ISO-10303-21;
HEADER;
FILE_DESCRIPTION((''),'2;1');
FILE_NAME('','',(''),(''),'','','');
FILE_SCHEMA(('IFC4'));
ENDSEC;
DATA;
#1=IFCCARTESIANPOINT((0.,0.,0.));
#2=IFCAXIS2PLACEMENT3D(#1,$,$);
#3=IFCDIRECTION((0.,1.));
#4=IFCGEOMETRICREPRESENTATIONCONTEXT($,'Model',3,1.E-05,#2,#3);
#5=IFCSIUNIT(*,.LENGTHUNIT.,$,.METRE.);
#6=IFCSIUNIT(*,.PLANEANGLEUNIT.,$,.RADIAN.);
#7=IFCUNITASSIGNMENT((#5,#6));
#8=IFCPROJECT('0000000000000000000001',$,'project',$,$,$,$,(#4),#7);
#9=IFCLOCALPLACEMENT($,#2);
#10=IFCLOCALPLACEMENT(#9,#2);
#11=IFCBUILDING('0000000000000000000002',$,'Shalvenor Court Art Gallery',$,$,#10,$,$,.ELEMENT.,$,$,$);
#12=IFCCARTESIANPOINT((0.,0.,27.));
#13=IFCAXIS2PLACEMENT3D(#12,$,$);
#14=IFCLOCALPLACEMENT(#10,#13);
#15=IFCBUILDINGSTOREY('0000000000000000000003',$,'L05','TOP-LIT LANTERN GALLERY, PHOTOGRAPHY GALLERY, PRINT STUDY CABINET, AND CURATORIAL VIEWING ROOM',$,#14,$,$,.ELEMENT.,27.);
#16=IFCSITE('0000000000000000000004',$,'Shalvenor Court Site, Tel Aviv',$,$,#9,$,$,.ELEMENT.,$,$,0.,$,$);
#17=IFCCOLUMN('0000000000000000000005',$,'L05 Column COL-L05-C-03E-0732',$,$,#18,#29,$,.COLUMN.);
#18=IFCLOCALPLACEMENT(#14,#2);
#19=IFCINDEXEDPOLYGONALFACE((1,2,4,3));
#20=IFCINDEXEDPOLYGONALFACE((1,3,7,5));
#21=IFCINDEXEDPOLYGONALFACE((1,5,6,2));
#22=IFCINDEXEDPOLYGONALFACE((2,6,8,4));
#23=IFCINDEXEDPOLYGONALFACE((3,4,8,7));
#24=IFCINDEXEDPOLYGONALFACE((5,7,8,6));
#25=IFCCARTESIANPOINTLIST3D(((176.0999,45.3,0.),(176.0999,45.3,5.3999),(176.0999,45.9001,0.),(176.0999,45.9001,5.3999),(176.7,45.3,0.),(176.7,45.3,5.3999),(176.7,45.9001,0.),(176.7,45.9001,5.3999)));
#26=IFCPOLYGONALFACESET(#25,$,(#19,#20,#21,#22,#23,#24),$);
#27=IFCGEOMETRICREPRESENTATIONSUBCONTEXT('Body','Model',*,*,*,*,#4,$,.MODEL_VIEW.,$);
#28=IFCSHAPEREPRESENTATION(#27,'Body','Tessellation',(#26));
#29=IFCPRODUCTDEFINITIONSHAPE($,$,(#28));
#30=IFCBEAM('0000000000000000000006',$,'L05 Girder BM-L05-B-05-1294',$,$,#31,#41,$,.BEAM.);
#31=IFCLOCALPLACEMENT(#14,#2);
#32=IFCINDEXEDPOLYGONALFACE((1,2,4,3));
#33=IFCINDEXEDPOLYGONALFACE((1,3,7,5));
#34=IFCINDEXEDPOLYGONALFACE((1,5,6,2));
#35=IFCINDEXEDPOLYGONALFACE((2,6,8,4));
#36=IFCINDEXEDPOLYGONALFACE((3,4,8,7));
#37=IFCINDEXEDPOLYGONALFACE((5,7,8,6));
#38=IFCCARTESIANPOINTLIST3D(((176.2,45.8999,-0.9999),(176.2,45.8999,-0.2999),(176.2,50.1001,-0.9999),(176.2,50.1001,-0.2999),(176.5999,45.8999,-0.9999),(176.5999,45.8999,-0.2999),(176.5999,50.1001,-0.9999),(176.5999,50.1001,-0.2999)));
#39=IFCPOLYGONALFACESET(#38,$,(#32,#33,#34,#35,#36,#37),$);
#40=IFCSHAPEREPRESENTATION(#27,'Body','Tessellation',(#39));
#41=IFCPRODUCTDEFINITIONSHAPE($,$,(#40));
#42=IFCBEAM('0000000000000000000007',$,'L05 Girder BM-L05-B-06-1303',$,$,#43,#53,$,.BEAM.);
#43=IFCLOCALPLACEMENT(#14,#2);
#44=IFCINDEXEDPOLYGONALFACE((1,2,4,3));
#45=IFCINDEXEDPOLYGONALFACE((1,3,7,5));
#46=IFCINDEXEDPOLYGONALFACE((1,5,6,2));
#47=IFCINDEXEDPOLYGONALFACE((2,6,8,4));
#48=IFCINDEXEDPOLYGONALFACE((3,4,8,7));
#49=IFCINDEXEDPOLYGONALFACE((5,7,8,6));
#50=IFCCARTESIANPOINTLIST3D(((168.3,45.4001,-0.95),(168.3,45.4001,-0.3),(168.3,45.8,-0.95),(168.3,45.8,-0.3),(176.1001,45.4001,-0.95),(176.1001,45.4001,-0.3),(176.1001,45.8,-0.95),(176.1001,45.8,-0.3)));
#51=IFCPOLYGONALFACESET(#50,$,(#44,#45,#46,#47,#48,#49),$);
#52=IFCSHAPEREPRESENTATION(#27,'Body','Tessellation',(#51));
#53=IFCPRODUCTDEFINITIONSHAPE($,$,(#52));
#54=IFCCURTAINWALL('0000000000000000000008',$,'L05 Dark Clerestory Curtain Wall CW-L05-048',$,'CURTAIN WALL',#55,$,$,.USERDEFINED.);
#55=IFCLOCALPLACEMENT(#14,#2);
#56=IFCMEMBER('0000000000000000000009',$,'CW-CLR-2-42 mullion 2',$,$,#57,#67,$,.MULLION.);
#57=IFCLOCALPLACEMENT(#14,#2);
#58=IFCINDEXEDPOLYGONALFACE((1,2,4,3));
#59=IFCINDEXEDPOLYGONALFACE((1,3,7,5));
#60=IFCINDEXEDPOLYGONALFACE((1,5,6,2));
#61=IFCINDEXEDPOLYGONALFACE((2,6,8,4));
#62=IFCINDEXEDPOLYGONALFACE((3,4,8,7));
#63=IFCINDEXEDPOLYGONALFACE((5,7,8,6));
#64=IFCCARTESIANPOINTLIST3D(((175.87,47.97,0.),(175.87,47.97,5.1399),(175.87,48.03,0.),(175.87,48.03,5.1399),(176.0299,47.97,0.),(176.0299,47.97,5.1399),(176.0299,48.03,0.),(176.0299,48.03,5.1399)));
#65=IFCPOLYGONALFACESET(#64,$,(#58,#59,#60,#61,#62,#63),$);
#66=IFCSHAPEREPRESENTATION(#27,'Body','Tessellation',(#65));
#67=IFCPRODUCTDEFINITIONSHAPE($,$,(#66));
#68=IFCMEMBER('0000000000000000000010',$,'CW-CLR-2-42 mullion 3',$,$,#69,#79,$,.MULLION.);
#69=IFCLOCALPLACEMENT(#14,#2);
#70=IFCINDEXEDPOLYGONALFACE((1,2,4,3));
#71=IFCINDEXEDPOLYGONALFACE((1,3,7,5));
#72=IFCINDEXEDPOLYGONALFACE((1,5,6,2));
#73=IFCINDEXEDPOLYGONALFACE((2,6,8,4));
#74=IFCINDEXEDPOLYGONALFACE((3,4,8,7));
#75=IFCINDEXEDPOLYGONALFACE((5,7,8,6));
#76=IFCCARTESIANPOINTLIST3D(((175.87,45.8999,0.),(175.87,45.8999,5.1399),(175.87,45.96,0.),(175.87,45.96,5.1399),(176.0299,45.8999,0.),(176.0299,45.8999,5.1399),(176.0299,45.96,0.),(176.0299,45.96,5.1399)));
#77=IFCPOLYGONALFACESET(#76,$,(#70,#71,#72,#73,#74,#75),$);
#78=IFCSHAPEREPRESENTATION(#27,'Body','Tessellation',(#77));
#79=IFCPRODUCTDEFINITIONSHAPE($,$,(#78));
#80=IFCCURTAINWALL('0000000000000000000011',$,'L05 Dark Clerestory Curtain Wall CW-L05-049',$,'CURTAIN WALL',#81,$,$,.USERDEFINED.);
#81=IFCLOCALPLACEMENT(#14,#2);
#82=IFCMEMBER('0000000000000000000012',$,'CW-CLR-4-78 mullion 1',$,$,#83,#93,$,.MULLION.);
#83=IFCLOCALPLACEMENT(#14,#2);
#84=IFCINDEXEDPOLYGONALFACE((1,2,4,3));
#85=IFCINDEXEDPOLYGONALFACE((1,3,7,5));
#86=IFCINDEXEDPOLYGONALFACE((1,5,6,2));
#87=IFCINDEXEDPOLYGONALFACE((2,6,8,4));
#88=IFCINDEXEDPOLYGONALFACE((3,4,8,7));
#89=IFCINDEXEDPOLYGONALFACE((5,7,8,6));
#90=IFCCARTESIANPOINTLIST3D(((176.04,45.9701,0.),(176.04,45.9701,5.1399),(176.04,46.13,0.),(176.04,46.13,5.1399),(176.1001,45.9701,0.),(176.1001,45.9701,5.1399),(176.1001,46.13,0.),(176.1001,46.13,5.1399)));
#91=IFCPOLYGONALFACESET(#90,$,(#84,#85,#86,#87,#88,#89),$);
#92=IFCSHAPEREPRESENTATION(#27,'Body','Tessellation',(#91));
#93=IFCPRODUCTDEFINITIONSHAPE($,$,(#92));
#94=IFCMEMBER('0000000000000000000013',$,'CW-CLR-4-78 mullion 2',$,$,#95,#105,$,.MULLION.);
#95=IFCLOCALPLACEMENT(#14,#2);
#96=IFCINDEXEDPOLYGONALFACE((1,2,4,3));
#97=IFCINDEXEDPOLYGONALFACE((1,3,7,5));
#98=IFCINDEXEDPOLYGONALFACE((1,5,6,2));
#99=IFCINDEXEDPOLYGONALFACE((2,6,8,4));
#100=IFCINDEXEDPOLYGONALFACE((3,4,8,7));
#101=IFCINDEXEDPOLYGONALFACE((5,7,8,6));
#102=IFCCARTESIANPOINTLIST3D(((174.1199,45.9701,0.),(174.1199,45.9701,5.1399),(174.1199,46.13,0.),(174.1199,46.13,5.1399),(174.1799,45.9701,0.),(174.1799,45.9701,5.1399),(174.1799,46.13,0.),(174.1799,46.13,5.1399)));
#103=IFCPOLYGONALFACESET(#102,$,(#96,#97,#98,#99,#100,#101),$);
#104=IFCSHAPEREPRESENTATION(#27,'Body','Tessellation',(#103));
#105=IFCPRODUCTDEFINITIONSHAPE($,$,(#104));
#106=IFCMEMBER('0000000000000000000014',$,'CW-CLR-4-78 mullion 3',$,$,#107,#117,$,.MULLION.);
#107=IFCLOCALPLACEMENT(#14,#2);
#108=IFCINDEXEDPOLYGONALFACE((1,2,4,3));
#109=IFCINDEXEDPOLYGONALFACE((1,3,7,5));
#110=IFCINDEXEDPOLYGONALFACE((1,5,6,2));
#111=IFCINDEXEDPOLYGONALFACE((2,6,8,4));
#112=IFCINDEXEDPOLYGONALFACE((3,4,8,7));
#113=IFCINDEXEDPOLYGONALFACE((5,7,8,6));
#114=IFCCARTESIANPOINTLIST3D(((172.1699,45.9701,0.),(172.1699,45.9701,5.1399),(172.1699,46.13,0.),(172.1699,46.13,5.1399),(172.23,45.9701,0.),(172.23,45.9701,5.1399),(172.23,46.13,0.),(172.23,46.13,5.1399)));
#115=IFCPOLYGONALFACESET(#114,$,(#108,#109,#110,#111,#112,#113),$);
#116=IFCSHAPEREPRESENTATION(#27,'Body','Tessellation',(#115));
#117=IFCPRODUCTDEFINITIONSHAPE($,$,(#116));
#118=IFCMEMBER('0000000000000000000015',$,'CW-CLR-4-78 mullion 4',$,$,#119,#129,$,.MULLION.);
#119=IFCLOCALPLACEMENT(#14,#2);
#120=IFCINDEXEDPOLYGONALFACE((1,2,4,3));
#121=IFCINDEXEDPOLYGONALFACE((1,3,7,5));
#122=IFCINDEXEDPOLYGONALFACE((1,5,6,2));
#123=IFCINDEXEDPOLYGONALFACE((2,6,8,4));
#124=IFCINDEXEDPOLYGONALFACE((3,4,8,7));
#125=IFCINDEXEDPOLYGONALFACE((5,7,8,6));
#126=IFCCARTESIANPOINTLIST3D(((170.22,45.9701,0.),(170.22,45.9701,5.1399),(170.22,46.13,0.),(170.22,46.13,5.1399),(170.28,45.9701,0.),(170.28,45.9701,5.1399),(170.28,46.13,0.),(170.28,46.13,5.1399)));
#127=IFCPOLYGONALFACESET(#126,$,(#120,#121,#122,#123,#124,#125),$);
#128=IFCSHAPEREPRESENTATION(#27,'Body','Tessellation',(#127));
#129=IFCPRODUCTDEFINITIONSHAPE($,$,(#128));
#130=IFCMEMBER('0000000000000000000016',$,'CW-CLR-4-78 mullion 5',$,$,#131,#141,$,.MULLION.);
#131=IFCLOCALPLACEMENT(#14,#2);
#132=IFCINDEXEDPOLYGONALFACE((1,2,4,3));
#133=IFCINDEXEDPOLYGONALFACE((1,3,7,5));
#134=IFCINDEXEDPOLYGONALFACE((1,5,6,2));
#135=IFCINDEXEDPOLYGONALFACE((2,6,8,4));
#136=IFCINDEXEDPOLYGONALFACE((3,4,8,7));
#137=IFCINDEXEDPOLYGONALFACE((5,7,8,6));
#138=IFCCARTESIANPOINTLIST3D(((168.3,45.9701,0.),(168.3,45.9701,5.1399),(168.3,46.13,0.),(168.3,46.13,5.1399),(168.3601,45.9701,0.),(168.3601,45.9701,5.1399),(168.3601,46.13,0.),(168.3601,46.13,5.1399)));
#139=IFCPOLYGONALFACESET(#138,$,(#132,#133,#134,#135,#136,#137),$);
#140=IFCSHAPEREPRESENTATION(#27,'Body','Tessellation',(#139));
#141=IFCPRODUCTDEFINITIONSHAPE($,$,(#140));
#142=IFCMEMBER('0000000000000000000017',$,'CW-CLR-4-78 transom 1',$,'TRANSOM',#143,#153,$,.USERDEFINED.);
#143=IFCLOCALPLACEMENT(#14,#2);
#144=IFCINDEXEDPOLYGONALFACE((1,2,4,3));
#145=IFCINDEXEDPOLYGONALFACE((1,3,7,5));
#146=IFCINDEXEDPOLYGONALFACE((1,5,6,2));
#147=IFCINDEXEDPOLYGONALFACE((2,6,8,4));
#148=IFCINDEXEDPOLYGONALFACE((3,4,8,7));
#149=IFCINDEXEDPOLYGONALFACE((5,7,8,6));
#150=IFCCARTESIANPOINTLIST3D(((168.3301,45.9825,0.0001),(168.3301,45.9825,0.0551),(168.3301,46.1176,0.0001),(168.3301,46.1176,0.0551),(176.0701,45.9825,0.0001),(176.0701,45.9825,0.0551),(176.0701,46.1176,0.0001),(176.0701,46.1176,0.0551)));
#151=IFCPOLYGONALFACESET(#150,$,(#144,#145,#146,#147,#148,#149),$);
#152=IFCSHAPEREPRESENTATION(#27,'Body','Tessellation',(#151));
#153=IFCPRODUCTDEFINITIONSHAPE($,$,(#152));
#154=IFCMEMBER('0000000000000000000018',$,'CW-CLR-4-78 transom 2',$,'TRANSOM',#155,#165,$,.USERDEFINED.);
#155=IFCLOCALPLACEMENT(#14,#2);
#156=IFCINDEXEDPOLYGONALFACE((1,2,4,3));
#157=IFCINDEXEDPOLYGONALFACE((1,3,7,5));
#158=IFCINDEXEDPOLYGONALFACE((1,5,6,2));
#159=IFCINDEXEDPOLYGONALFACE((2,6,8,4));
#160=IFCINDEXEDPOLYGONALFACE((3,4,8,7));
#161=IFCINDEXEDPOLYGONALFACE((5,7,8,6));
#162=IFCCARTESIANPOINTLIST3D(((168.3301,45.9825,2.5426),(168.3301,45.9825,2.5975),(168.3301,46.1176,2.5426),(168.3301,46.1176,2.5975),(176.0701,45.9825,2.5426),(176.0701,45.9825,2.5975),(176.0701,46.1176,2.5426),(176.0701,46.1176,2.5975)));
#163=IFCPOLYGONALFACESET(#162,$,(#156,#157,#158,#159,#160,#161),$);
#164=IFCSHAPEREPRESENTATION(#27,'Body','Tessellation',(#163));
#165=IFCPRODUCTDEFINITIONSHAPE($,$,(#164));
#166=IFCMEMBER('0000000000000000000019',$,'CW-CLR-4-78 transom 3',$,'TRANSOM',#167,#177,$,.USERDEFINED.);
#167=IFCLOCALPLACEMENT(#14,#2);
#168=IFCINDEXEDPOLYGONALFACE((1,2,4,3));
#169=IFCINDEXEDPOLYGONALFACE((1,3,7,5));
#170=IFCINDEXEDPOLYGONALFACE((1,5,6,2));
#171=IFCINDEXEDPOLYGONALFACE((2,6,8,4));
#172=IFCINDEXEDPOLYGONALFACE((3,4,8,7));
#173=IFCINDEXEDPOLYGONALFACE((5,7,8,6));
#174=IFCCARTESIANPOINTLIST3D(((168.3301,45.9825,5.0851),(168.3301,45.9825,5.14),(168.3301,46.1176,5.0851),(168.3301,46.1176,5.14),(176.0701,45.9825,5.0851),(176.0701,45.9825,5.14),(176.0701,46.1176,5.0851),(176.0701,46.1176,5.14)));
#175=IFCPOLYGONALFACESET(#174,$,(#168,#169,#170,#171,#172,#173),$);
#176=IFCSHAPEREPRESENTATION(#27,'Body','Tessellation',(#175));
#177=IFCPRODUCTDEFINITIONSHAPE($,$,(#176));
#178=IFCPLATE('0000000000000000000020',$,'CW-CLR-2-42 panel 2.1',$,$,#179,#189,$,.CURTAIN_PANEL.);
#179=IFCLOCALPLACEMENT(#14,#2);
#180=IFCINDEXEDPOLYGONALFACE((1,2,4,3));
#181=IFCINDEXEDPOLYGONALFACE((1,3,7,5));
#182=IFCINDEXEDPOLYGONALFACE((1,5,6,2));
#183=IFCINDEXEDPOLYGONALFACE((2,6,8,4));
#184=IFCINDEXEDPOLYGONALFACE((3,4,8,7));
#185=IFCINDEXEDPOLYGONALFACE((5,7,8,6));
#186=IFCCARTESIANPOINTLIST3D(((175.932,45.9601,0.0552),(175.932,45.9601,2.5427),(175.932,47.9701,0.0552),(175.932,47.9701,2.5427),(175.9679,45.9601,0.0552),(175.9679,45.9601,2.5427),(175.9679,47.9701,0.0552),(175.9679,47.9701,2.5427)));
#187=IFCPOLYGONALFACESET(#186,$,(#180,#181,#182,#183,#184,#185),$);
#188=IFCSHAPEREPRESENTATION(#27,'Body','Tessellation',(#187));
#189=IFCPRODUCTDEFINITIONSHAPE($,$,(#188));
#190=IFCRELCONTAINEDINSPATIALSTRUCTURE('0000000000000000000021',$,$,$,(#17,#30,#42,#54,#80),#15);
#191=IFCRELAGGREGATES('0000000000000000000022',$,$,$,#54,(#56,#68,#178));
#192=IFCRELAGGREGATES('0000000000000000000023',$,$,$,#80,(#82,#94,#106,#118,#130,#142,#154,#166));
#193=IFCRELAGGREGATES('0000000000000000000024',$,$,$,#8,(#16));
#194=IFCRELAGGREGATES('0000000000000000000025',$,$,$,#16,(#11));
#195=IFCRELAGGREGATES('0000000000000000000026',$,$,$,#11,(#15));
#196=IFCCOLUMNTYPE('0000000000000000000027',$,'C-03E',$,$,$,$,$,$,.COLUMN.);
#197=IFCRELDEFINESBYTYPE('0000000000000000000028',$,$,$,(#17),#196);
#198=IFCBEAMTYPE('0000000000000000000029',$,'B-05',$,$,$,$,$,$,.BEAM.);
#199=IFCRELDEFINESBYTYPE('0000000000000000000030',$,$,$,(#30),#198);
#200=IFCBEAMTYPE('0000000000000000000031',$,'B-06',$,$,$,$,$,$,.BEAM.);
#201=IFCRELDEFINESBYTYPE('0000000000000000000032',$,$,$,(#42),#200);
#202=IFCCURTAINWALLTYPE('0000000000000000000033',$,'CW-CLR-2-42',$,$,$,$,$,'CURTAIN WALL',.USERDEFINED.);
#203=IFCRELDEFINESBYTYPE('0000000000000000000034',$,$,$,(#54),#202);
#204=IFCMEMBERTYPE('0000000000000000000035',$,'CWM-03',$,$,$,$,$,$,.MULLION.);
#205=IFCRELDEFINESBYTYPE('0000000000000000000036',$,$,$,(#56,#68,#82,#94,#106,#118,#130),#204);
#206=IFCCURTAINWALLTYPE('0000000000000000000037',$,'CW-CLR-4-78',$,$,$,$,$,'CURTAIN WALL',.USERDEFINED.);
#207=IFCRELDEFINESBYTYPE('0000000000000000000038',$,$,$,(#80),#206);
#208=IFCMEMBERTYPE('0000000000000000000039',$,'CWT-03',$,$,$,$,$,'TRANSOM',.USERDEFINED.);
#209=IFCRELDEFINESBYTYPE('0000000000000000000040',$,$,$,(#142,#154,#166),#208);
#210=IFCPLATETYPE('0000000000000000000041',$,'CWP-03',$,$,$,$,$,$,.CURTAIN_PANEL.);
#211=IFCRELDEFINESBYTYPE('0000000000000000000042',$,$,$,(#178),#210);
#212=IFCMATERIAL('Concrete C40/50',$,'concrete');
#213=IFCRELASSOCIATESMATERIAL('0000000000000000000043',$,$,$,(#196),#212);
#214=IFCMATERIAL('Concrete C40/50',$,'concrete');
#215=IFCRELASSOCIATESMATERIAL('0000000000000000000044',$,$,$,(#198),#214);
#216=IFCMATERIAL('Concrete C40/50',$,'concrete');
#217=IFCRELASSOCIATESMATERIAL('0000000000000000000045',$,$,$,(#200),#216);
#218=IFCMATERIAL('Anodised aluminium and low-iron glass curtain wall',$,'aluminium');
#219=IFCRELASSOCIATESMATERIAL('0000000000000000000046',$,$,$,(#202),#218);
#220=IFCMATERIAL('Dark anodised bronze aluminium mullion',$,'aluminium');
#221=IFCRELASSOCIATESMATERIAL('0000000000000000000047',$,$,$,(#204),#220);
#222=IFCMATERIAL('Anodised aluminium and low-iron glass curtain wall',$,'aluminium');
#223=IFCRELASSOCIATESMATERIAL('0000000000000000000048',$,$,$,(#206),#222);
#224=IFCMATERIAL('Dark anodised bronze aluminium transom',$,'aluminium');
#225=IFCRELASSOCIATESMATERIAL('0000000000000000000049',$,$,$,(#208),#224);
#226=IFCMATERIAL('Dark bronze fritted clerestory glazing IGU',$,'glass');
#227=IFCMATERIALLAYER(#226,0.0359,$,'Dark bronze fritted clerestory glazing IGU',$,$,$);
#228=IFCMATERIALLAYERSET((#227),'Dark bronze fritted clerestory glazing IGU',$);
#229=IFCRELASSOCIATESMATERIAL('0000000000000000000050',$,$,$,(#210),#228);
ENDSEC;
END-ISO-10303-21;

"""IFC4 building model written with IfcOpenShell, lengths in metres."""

from ifc_helpers import new_model, si_unit, direction, frame, origin, origin_2d, place, context, subcontext, project, spatial, rectangle, extrude, material, layer, layer_set, material_profile, profile_set, type_object, element, aggregate, save


model = new_model("IFC4")

# Units and contexts
model_context = context("Model", 3, precision=1e-05, world=origin(), true_north=direction((0.0, 1.0)))
body_context = subcontext(model_context, "Body", "Model", "MODEL_VIEW")
ifc_project = project(units=[si_unit("LENGTHUNIT", "METRE"), si_unit("PLANEANGLEUNIT", "RADIAN")], contexts=[model_context])

# Site, building, storey
site_placement = place(None, origin())
site = spatial("IfcSite", under=ifc_project, at=site_placement, Name="Shalvenor Court Site, Tel Aviv", CompositionType="ELEMENT", RefElevation=0.0)
building_placement = place(site_placement, origin())
building = spatial("IfcBuilding", under=site, at=building_placement, Name="Shalvenor Court Art Gallery", CompositionType="ELEMENT")
storey_placement = place(building_placement, frame((0.0, 0.0, 27.0)))
storey = spatial("IfcBuildingStorey", under=building, at=storey_placement, Name="L05", Description="TOP-LIT LANTERN GALLERY, PHOTOGRAPHY GALLERY, PRINT STUDY CABINET, AND CURATORIAL VIEWING ROOM", CompositionType="ELEMENT", Elevation=27.0)

# Column
ifc_material_1 = material(Name="Concrete C40/50", Category="concrete")
ifc_material_profile_1 = material_profile(ifc_material_1, rectangle(XDim=0.6001, YDim=0.6001, at=origin_2d()), Name="RC 600x600")
ifc_profile_set_1 = profile_set([ifc_material_profile_1], Name="Concrete C40/50")
column_type = type_object("IfcColumnType", Name="C-03E", PredefinedType="COLUMN", material=ifc_profile_set_1)
column_placement = place(storey_placement, frame((176.3999, 45.6001, 0.0), z_axis=(0.0, 0.0, 1.0), x_axis=(1.0, 0.0, 0.0)))
element("IfcColumn", 1, at=column_placement, inside=storey, type_object=column_type, Name="L05 Column COL-L05-C-03E-0732", PredefinedType="COLUMN", context=body_context, shape_type="SweptSolid", body=[
    extrude(rectangle(XDim=0.6001, YDim=0.6001, at=origin_2d()), origin(), (0.0, 0.0, 1.0), 5.3999),
])

# Beams
ifc_material_2 = material(Name="Concrete C40/50", Category="concrete")
ifc_material_profile_2 = material_profile(ifc_material_2, rectangle(XDim=0.3999, YDim=0.7, at=origin_2d()), Name="RC 400x700")
ifc_profile_set_2 = profile_set([ifc_material_profile_2], Name="Concrete C40/50")
beam_type_1 = type_object("IfcBeamType", Name="B-05", PredefinedType="BEAM", material=ifc_profile_set_2)
beam_1_placement = place(storey_placement, frame((176.3999, 45.8999, -0.6499), z_axis=(0.0, 1.0, 0.0), x_axis=(-1.0, 0.0, 0.0)))
element("IfcBeam", 2, at=beam_1_placement, inside=storey, type_object=beam_type_1, Name="L05 Girder BM-L05-B-05-1294", PredefinedType="BEAM", context=body_context, shape_type="SweptSolid", body=[
    extrude(rectangle(XDim=0.3999, YDim=0.7, at=origin_2d()), origin(), (0.0, 0.0, 1.0), 4.2002),
])
ifc_material_3 = material(Name="Concrete C40/50", Category="concrete")
ifc_material_profile_3 = material_profile(ifc_material_3, rectangle(XDim=0.3999, YDim=0.6499, at=origin_2d()), Name="RC 400x650")
ifc_profile_set_3 = profile_set([ifc_material_profile_3], Name="Concrete C40/50")
beam_type_2 = type_object("IfcBeamType", Name="B-06", PredefinedType="BEAM", material=ifc_profile_set_3)
beam_2_placement = place(storey_placement, frame((168.3, 45.6001, -0.625), z_axis=(1.0, 0.0, 0.0), x_axis=(0.0, 1.0, 0.0)))
element("IfcBeam", 3, at=beam_2_placement, inside=storey, type_object=beam_type_2, Name="L05 Girder BM-L05-B-06-1303", PredefinedType="BEAM", context=body_context, shape_type="SweptSolid", body=[
    extrude(rectangle(XDim=0.3999, YDim=0.6499, at=origin_2d()), origin(), (0.0, 0.0, 1.0), 7.8),
])

# Curtain walls, members
ifc_material_4 = material(Name="Anodised aluminium and low-iron glass curtain wall", Category="aluminium")
curtain_wall_type_1 = type_object("IfcCurtainWallType", Name="CW-CLR-2-42", ElementType="CURTAIN WALL", PredefinedType="USERDEFINED", material=ifc_material_4)
curtain_wall_1_placement = place(storey_placement, origin())
curtain_wall_1 = element("IfcCurtainWall", 4, at=curtain_wall_1_placement, inside=storey, type_object=curtain_wall_type_1, Name="L05 Dark Clerestory Curtain Wall CW-L05-048", ObjectType="CURTAIN WALL", PredefinedType="USERDEFINED")
ifc_material_5 = material(Name="Dark anodised bronze aluminium mullion", Category="aluminium")
ifc_material_profile_4 = material_profile(ifc_material_5, rectangle(XDim=0.0601, YDim=0.1599, at=origin_2d()), Name="CWM-03")
ifc_profile_set_4 = profile_set([ifc_material_profile_4], Name="Dark anodised bronze aluminium mullion")
member_type_1 = type_object("IfcMemberType", Name="CWM-03", PredefinedType="MULLION", material=ifc_profile_set_4)
member_1_placement = place(storey_placement, frame((175.95, 48.0, 0.0), z_axis=(0.0, 0.0, 1.0), x_axis=(0.0, -1.0, 0.0)))
member_1 = element("IfcMember", 5, at=member_1_placement, type_object=member_type_1, Name="CW-CLR-2-42 mullion 2", PredefinedType="MULLION", context=body_context, shape_type="SweptSolid", body=[
    extrude(rectangle(XDim=0.0601, YDim=0.1599, at=origin_2d()), origin(), (0.0, 0.0, 1.0), 5.1399),
])
member_2_placement = place(storey_placement, frame((175.95, 45.9299, 0.0), z_axis=(0.0, 0.0, 1.0), x_axis=(0.0, -1.0, 0.0)))
member_2 = element("IfcMember", 6, at=member_2_placement, type_object=member_type_1, Name="CW-CLR-2-42 mullion 3", PredefinedType="MULLION", context=body_context, shape_type="SweptSolid", body=[
    extrude(rectangle(XDim=0.0601, YDim=0.1599, at=origin_2d()), origin(), (0.0, 0.0, 1.0), 5.1399),
])
ifc_material_6 = material(Name="Anodised aluminium and low-iron glass curtain wall", Category="aluminium")
curtain_wall_type_2 = type_object("IfcCurtainWallType", Name="CW-CLR-4-78", ElementType="CURTAIN WALL", PredefinedType="USERDEFINED", material=ifc_material_6)
curtain_wall_2_placement = place(storey_placement, origin())
curtain_wall_2 = element("IfcCurtainWall", 7, at=curtain_wall_2_placement, inside=storey, type_object=curtain_wall_type_2, Name="L05 Dark Clerestory Curtain Wall CW-L05-049", ObjectType="CURTAIN WALL", PredefinedType="USERDEFINED")
member_3_placement = place(storey_placement, frame((176.0701, 46.05, 0.0), z_axis=(0.0, 0.0, 1.0), x_axis=(-1.0, 0.0, 0.0)))
member_3 = element("IfcMember", 8, at=member_3_placement, type_object=member_type_1, Name="CW-CLR-4-78 mullion 1", PredefinedType="MULLION", context=body_context, shape_type="SweptSolid", body=[
    extrude(rectangle(XDim=0.0601, YDim=0.1599, at=origin_2d()), origin(), (0.0, 0.0, 1.0), 5.1399),
])
member_4_placement = place(storey_placement, frame((174.1499, 46.05, 0.0), z_axis=(0.0, 0.0, 1.0), x_axis=(-1.0, 0.0, 0.0)))
member_4 = element("IfcMember", 9, at=member_4_placement, type_object=member_type_1, Name="CW-CLR-4-78 mullion 2", PredefinedType="MULLION", context=body_context, shape_type="SweptSolid", body=[
    extrude(rectangle(XDim=0.0601, YDim=0.1599, at=origin_2d()), origin(), (0.0, 0.0, 1.0), 5.1399),
])
member_5_placement = place(storey_placement, frame((172.2, 46.05, 0.0), z_axis=(0.0, 0.0, 1.0), x_axis=(-1.0, 0.0, 0.0)))
member_5 = element("IfcMember", 10, at=member_5_placement, type_object=member_type_1, Name="CW-CLR-4-78 mullion 3", PredefinedType="MULLION", context=body_context, shape_type="SweptSolid", body=[
    extrude(rectangle(XDim=0.0601, YDim=0.1599, at=origin_2d()), origin(), (0.0, 0.0, 1.0), 5.1399),
])
member_6_placement = place(storey_placement, frame((170.25, 46.05, 0.0), z_axis=(0.0, 0.0, 1.0), x_axis=(-1.0, 0.0, 0.0)))
member_6 = element("IfcMember", 11, at=member_6_placement, type_object=member_type_1, Name="CW-CLR-4-78 mullion 4", PredefinedType="MULLION", context=body_context, shape_type="SweptSolid", body=[
    extrude(rectangle(XDim=0.0601, YDim=0.1599, at=origin_2d()), origin(), (0.0, 0.0, 1.0), 5.1399),
])
member_7_placement = place(storey_placement, frame((168.3301, 46.05, 0.0), z_axis=(0.0, 0.0, 1.0), x_axis=(-1.0, 0.0, 0.0)))
member_7 = element("IfcMember", 12, at=member_7_placement, type_object=member_type_1, Name="CW-CLR-4-78 mullion 5", PredefinedType="MULLION", context=body_context, shape_type="SweptSolid", body=[
    extrude(rectangle(XDim=0.0601, YDim=0.1599, at=origin_2d()), origin(), (0.0, 0.0, 1.0), 5.1399),
])
ifc_material_7 = material(Name="Dark anodised bronze aluminium transom", Category="aluminium")
ifc_material_profile_5 = material_profile(ifc_material_7, rectangle(XDim=0.135, YDim=0.0549, at=origin_2d()), Name="CWT-03")
ifc_profile_set_5 = profile_set([ifc_material_profile_5], Name="Dark anodised bronze aluminium transom")
member_type_2 = type_object("IfcMemberType", Name="CWT-03", ElementType="TRANSOM", PredefinedType="USERDEFINED", material=ifc_profile_set_5)
member_8_placement = place(storey_placement, frame((176.0701, 46.05, 0.0276), z_axis=(-1.0, 0.0, 0.0), x_axis=(0.0, -1.0, 0.0)))
member_8 = element("IfcMember", 13, at=member_8_placement, type_object=member_type_2, Name="CW-CLR-4-78 transom 1", ObjectType="TRANSOM", PredefinedType="USERDEFINED", context=body_context, shape_type="SweptSolid", body=[
    extrude(rectangle(XDim=0.135, YDim=0.0549, at=origin_2d()), origin(), (0.0, 0.0, 1.0), 7.74),
])
member_9_placement = place(storey_placement, frame((176.0701, 46.05, 2.5701), z_axis=(-1.0, 0.0, 0.0), x_axis=(0.0, -1.0, 0.0)))
member_9 = element("IfcMember", 14, at=member_9_placement, type_object=member_type_2, Name="CW-CLR-4-78 transom 2", ObjectType="TRANSOM", PredefinedType="USERDEFINED", context=body_context, shape_type="SweptSolid", body=[
    extrude(rectangle(XDim=0.135, YDim=0.0549, at=origin_2d()), origin(), (0.0, 0.0, 1.0), 7.74),
])
member_10_placement = place(storey_placement, frame((176.0701, 46.05, 5.1125), z_axis=(-1.0, 0.0, 0.0), x_axis=(0.0, -1.0, 0.0)))
member_10 = element("IfcMember", 15, at=member_10_placement, type_object=member_type_2, Name="CW-CLR-4-78 transom 3", ObjectType="TRANSOM", PredefinedType="USERDEFINED", context=body_context, shape_type="SweptSolid", body=[
    extrude(rectangle(XDim=0.135, YDim=0.0549, at=origin_2d()), origin(), (0.0, 0.0, 1.0), 7.74),
])

# Plate
ifc_material_8 = material(Name="Dark bronze fritted clerestory glazing IGU", Category="glass")
ifc_layer = layer(ifc_material_8, 0.0359, Name="Dark bronze fritted clerestory glazing IGU")
ifc_layer_set = layer_set([ifc_layer], Name="Dark bronze fritted clerestory glazing IGU")
plate_type = type_object("IfcPlateType", Name="CWP-03", PredefinedType="CURTAIN_PANEL", material=ifc_layer_set)
plate_1_placement = place(storey_placement, frame((175.95, 46.9651, 0.0552), z_axis=(0.0, 0.0, 1.0), x_axis=(0.0, -1.0, 0.0)))
plate_1 = element("IfcPlate", 16, at=plate_1_placement, type_object=plate_type, Name="CW-CLR-2-42 panel 2.1", PredefinedType="CURTAIN_PANEL", context=body_context, shape_type="SweptSolid", body=[
    extrude(rectangle(XDim=2.01, YDim=0.0359, at=origin_2d()), origin(), (0.0, 0.0, 1.0), 2.4875),
])
aggregate(curtain_wall_1, [member_1, member_2, plate_1])
aggregate(curtain_wall_2, [member_3, member_4, member_5, member_6, member_7, member_8, member_9, member_10])

save(model, "model.ifc")
